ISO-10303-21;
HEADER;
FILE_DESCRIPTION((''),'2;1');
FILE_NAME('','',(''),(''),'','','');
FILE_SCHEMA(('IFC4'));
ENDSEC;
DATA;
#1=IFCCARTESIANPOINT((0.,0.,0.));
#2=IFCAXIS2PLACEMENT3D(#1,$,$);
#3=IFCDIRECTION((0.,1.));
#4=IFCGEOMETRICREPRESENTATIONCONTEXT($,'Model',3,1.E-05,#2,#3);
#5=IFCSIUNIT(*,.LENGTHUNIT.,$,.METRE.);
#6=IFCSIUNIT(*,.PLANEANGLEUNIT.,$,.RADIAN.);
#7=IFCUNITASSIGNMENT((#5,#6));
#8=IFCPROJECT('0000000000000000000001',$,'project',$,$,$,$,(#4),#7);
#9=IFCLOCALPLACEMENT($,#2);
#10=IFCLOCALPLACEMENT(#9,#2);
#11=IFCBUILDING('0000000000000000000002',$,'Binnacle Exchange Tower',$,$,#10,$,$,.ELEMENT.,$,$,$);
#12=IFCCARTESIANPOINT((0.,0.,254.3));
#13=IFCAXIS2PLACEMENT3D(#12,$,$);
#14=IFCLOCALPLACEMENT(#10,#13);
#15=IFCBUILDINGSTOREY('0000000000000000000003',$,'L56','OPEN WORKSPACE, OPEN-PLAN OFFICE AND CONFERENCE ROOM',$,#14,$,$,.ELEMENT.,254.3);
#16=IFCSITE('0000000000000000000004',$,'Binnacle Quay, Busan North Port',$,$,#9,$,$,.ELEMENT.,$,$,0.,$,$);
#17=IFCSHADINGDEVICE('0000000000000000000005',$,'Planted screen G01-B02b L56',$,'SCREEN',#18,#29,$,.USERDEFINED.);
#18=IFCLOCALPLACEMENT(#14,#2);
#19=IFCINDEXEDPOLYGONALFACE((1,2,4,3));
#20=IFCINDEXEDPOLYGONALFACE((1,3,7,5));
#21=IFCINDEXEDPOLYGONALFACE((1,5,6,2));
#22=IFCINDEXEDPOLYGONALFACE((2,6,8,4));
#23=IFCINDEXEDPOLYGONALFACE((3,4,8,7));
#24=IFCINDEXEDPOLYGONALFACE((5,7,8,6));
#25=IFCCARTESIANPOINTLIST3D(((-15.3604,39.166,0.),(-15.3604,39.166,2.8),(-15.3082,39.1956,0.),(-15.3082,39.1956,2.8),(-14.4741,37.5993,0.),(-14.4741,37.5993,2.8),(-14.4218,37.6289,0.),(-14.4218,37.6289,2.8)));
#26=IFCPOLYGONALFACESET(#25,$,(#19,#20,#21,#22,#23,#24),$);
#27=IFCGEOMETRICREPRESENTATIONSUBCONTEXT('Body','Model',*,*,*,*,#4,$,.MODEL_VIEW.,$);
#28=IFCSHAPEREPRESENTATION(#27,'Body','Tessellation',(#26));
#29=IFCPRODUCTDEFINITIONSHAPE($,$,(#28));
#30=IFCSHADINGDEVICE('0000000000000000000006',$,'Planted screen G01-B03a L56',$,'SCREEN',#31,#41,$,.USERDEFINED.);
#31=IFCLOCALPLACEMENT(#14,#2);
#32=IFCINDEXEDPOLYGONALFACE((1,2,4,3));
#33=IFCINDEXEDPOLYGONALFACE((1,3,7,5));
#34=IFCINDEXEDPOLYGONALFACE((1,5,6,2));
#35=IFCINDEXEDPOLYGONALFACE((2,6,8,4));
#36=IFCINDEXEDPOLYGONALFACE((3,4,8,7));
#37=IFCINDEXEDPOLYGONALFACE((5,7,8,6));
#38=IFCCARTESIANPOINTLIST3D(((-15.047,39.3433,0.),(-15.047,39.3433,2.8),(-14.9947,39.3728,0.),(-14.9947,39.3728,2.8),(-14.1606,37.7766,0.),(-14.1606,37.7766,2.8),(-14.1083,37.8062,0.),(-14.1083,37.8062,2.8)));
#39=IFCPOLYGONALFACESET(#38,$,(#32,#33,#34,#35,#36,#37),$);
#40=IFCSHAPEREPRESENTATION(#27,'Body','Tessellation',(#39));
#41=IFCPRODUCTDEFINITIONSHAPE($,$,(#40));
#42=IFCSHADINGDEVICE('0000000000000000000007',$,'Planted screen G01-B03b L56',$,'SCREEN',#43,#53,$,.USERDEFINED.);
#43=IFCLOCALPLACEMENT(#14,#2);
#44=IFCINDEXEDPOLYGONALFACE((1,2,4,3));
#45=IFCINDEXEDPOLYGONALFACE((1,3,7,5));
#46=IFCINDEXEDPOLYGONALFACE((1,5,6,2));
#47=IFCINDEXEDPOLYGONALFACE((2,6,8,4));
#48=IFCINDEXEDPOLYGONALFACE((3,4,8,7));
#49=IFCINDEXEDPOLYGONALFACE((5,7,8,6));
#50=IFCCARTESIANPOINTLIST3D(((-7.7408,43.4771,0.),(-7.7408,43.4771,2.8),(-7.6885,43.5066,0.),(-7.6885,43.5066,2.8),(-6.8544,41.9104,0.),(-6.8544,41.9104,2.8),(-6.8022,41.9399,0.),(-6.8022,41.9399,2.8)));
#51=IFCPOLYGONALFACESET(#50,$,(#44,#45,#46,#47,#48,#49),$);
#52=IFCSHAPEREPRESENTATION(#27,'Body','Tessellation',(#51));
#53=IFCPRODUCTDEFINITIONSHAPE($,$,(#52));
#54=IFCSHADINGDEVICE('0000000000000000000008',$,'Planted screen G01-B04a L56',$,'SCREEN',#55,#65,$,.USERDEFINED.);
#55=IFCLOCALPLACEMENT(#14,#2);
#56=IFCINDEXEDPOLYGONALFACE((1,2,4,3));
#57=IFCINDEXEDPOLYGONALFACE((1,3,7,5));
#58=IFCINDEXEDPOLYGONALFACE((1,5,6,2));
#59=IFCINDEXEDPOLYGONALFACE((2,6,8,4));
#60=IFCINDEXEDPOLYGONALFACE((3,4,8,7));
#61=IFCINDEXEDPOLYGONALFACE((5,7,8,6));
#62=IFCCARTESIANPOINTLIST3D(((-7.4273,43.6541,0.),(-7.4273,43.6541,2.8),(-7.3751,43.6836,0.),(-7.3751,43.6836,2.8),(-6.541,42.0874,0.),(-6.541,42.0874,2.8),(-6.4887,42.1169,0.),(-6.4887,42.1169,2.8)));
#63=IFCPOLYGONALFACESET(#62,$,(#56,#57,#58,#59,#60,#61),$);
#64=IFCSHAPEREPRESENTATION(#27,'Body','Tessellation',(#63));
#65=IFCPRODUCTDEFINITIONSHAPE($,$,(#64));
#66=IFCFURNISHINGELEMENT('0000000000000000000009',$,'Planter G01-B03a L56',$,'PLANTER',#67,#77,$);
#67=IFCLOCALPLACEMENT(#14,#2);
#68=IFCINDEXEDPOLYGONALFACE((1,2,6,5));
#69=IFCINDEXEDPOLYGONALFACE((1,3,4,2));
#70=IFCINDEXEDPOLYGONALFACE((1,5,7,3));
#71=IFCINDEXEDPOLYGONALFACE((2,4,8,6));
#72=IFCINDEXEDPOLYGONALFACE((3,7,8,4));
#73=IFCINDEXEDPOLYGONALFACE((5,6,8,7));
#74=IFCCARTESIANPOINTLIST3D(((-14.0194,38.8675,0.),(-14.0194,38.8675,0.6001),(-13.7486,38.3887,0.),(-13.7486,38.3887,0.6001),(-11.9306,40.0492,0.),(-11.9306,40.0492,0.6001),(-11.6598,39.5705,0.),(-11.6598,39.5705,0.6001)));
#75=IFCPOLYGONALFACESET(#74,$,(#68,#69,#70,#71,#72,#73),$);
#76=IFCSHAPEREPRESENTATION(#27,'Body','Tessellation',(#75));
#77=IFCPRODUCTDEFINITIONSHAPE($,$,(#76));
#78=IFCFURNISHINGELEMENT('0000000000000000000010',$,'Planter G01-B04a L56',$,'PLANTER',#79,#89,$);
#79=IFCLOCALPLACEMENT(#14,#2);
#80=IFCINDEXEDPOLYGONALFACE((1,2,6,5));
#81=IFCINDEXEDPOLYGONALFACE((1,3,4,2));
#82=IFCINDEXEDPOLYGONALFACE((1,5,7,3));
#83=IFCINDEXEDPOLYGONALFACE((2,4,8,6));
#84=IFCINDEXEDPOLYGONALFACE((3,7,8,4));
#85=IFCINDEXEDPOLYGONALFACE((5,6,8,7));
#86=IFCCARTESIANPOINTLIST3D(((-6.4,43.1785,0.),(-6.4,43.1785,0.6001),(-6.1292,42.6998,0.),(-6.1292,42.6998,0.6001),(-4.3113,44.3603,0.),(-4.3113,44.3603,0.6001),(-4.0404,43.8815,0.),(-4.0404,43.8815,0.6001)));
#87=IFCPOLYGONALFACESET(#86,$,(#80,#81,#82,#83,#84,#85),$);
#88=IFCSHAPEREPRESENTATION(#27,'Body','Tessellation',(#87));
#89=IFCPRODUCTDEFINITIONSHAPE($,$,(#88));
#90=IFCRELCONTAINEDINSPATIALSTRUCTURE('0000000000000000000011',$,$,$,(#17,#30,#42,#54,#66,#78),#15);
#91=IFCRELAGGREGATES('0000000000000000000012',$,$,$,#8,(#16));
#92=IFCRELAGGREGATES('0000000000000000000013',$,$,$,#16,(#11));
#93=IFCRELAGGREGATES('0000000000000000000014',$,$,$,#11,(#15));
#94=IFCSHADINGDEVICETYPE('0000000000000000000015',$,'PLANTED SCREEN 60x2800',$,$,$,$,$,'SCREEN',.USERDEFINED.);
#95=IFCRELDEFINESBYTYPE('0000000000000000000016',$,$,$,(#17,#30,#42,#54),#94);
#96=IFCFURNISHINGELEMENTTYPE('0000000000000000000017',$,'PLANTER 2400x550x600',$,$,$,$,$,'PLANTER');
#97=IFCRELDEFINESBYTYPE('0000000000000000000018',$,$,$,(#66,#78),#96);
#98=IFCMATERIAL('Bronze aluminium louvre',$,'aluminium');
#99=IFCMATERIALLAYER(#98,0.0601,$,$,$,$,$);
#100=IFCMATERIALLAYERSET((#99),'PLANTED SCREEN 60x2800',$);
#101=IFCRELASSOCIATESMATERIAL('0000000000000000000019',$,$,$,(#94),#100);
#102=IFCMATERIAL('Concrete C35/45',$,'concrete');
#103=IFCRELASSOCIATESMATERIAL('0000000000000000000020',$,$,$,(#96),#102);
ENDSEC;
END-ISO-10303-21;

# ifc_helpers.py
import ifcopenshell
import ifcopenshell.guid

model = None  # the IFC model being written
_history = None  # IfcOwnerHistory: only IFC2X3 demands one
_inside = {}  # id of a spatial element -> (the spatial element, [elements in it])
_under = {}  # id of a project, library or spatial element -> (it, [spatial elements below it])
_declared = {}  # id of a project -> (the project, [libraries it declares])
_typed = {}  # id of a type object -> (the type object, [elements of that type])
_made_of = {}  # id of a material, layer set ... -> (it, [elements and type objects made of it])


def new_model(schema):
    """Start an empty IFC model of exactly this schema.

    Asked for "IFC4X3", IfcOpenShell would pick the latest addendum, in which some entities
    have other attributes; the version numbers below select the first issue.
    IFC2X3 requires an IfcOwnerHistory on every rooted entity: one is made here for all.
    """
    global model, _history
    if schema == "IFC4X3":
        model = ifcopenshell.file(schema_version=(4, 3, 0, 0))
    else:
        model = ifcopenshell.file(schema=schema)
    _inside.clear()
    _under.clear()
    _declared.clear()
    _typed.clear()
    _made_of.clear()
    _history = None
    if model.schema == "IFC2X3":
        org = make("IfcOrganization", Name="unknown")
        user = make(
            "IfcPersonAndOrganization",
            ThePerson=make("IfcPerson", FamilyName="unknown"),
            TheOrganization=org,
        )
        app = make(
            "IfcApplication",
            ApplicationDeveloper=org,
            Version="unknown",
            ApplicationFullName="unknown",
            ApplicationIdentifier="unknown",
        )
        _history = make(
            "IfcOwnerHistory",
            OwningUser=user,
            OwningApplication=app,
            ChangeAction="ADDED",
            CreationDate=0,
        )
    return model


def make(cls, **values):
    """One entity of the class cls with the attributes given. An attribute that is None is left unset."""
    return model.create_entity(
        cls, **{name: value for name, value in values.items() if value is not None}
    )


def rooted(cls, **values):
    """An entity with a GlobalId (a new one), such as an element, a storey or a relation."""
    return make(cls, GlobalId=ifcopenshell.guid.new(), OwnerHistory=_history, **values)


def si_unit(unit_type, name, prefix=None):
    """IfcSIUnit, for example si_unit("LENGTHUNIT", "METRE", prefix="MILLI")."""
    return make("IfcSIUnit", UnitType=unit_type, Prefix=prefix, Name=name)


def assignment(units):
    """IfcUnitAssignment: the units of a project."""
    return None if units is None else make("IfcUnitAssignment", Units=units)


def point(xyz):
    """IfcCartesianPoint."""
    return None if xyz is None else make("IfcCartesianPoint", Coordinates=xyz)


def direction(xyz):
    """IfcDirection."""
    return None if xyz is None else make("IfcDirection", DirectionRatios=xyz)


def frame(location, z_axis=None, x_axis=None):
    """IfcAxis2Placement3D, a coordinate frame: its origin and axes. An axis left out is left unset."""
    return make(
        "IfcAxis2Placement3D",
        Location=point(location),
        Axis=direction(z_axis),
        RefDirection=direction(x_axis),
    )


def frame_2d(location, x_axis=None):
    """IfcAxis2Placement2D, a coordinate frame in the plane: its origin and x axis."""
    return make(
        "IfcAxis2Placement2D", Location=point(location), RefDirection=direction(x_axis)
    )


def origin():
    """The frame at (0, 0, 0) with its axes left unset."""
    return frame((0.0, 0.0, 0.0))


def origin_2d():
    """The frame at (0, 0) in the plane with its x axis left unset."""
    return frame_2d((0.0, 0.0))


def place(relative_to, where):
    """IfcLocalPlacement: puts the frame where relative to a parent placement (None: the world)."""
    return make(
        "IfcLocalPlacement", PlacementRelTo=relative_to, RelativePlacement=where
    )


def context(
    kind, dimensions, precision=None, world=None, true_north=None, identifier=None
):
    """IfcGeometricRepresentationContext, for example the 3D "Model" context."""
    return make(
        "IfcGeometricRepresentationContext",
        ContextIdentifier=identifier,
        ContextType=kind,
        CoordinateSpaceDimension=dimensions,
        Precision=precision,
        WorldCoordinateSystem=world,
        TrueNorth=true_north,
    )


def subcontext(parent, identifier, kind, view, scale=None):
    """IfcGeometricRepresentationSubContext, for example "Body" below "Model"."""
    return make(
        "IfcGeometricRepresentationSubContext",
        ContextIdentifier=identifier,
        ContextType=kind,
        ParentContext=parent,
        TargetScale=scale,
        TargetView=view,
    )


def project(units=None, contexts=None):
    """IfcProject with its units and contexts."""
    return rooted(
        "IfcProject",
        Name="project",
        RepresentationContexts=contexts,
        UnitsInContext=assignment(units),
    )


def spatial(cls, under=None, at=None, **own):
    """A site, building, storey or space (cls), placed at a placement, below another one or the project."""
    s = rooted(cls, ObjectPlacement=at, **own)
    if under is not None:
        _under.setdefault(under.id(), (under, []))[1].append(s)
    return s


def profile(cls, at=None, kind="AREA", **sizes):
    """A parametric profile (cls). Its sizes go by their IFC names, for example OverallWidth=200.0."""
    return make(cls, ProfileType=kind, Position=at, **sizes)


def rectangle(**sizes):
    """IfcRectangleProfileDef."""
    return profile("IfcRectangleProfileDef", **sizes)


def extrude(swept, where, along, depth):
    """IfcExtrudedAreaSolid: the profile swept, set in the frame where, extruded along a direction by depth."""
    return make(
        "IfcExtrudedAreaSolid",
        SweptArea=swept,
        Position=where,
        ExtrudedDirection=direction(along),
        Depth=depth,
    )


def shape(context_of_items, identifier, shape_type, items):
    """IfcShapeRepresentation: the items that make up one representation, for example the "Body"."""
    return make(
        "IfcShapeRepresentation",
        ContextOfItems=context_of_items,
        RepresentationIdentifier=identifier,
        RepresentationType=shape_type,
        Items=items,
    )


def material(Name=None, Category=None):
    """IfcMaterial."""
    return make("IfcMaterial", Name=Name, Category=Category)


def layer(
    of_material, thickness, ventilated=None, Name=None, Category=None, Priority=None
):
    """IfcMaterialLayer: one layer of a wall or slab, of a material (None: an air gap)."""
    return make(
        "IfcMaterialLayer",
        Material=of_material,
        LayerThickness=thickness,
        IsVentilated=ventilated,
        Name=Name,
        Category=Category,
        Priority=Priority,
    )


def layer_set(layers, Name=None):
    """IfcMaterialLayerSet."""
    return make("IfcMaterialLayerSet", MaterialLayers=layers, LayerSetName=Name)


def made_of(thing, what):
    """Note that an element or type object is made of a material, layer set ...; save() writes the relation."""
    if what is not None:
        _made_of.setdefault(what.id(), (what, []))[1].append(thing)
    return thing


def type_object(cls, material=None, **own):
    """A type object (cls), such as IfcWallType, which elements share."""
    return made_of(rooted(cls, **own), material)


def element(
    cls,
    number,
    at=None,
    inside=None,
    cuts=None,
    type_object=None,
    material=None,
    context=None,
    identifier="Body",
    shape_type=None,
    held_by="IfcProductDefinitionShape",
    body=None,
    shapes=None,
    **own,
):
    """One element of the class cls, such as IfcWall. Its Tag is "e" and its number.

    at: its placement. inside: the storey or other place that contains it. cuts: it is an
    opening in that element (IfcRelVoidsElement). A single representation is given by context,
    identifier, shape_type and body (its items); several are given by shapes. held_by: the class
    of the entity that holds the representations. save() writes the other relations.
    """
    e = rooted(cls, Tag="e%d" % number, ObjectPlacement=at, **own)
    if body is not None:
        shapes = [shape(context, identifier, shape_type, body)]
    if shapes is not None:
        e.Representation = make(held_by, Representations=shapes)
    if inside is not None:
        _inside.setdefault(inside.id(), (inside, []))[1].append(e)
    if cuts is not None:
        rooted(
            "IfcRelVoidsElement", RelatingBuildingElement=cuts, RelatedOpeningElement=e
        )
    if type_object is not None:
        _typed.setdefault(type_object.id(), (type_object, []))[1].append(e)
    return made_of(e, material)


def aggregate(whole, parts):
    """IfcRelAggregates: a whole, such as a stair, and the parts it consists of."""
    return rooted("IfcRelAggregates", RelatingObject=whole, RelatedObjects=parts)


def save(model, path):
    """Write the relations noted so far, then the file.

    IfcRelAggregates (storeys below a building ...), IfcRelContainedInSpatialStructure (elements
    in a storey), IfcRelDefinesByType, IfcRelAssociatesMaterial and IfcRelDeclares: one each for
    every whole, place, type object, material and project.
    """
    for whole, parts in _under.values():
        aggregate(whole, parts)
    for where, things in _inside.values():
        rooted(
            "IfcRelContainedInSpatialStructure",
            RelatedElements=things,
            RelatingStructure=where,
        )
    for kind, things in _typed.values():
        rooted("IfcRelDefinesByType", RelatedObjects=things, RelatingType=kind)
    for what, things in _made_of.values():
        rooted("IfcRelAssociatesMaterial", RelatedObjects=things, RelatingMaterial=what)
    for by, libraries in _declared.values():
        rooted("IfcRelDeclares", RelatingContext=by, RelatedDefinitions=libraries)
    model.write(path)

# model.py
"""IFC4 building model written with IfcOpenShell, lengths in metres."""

from ifc_helpers import new_model, si_unit, direction, frame, origin, origin_2d, place, context, subcontext, project, spatial, rectangle, extrude, material, layer, layer_set, type_object, element, save


model = new_model("IFC4")

# Units and contexts
model_context = context("Model", 3, precision=1e-05, world=origin(), true_north=direction((0.0, 1.0)))
body_context = subcontext(model_context, "Body", "Model", "MODEL_VIEW")
ifc_project = project(units=[si_unit("LENGTHUNIT", "METRE"), si_unit("PLANEANGLEUNIT", "RADIAN")], contexts=[model_context])

# Site, building, storey
site_placement = place(None, origin())
site = spatial("IfcSite", under=ifc_project, at=site_placement, Name="Binnacle Quay, Busan North Port", CompositionType="ELEMENT", RefElevation=0.0)
building_placement = place(site_placement, origin())
building = spatial("IfcBuilding", under=site, at=building_placement, Name="Binnacle Exchange Tower", CompositionType="ELEMENT")
storey_placement = place(building_placement, frame((0.0, 0.0, 254.3)))
storey = spatial("IfcBuildingStorey", under=building, at=storey_placement, Name="L56", Description="OPEN WORKSPACE, OPEN-PLAN OFFICE AND CONFERENCE ROOM", CompositionType="ELEMENT", Elevation=254.3)

# Shading devices
ifc_material_1 = material(Name="Bronze aluminium louvre", Category="aluminium")
ifc_layer_1 = layer(ifc_material_1, 0.0601)
ifc_layer_set_1 = layer_set([ifc_layer_1], Name="PLANTED SCREEN 60x2800")
shading_device_type = type_object("IfcShadingDeviceType", Name="PLANTED SCREEN 60x2800", ElementType="SCREEN", PredefinedType="USERDEFINED", material=ifc_layer_set_1)
for number, where, z_axis, x_axis, name in (
    (1, (-14.8911, 38.3975, 0.0), (0.0, 0.0, 1.0), (0.870356, 0.492424, 0.0), "Planted screen G01-B02b L56"),
    (2, (-14.5776, 38.5747, 0.0), (0.0, 0.0, 1.0), (0.870356, 0.492424, 0.0), "Planted screen G01-B03a L56"),
    (3, (-7.2715, 42.7085, 0.0), (0.0, 0.0, 1.0), (0.870356, 0.492424, 0.0), "Planted screen G01-B03b L56"),
    (4, (-6.958, 42.8855, 0.0), (0.0, 0.0, 1.0), (0.870356, 0.492424, 0.0), "Planted screen G01-B04a L56"),
):
    element("IfcShadingDevice", number, at=place(storey_placement, frame(where, z_axis=z_axis, x_axis=x_axis)), inside=storey, type_object=shading_device_type, Name=name, ObjectType="SCREEN", PredefinedType="USERDEFINED", context=body_context, shape_type="SweptSolid", body=[
        extrude(rectangle(XDim=0.0601, YDim=1.8, at=origin_2d()), origin(), (0.0, 0.0, 1.0), 2.8),
    ])

# Furnishing elements
ifc_material_2 = material(Name="Concrete C35/45", Category="concrete")
furnishing_element_type = type_object("IfcFurnishingElementType", Name="PLANTER 2400x550x600", ElementType="PLANTER", material=ifc_material_2)
for number, where, z_axis, x_axis, name in (
    (5, (-12.8396, 39.219, 0.0), (0.0, 0.0, 1.0), (0.870356, 0.492424, 0.0), "Planter G01-B03a L56"),
    (6, (-5.2202, 43.53, 0.0), (0.0, 0.0, 1.0), (0.870356, 0.492424, 0.0), "Planter G01-B04a L56"),
):
    element("IfcFurnishingElement", number, at=place(storey_placement, frame(where, z_axis=z_axis, x_axis=x_axis)), inside=storey, type_object=furnishing_element_type, Name=name, ObjectType="PLANTER", context=body_context, shape_type="SweptSolid", body=[
        extrude(rectangle(XDim=2.3999, YDim=0.55, at=origin_2d()), origin(), (0.0, 0.0, 1.0), 0.6001),
    ])

save(model, "model.ifc")
